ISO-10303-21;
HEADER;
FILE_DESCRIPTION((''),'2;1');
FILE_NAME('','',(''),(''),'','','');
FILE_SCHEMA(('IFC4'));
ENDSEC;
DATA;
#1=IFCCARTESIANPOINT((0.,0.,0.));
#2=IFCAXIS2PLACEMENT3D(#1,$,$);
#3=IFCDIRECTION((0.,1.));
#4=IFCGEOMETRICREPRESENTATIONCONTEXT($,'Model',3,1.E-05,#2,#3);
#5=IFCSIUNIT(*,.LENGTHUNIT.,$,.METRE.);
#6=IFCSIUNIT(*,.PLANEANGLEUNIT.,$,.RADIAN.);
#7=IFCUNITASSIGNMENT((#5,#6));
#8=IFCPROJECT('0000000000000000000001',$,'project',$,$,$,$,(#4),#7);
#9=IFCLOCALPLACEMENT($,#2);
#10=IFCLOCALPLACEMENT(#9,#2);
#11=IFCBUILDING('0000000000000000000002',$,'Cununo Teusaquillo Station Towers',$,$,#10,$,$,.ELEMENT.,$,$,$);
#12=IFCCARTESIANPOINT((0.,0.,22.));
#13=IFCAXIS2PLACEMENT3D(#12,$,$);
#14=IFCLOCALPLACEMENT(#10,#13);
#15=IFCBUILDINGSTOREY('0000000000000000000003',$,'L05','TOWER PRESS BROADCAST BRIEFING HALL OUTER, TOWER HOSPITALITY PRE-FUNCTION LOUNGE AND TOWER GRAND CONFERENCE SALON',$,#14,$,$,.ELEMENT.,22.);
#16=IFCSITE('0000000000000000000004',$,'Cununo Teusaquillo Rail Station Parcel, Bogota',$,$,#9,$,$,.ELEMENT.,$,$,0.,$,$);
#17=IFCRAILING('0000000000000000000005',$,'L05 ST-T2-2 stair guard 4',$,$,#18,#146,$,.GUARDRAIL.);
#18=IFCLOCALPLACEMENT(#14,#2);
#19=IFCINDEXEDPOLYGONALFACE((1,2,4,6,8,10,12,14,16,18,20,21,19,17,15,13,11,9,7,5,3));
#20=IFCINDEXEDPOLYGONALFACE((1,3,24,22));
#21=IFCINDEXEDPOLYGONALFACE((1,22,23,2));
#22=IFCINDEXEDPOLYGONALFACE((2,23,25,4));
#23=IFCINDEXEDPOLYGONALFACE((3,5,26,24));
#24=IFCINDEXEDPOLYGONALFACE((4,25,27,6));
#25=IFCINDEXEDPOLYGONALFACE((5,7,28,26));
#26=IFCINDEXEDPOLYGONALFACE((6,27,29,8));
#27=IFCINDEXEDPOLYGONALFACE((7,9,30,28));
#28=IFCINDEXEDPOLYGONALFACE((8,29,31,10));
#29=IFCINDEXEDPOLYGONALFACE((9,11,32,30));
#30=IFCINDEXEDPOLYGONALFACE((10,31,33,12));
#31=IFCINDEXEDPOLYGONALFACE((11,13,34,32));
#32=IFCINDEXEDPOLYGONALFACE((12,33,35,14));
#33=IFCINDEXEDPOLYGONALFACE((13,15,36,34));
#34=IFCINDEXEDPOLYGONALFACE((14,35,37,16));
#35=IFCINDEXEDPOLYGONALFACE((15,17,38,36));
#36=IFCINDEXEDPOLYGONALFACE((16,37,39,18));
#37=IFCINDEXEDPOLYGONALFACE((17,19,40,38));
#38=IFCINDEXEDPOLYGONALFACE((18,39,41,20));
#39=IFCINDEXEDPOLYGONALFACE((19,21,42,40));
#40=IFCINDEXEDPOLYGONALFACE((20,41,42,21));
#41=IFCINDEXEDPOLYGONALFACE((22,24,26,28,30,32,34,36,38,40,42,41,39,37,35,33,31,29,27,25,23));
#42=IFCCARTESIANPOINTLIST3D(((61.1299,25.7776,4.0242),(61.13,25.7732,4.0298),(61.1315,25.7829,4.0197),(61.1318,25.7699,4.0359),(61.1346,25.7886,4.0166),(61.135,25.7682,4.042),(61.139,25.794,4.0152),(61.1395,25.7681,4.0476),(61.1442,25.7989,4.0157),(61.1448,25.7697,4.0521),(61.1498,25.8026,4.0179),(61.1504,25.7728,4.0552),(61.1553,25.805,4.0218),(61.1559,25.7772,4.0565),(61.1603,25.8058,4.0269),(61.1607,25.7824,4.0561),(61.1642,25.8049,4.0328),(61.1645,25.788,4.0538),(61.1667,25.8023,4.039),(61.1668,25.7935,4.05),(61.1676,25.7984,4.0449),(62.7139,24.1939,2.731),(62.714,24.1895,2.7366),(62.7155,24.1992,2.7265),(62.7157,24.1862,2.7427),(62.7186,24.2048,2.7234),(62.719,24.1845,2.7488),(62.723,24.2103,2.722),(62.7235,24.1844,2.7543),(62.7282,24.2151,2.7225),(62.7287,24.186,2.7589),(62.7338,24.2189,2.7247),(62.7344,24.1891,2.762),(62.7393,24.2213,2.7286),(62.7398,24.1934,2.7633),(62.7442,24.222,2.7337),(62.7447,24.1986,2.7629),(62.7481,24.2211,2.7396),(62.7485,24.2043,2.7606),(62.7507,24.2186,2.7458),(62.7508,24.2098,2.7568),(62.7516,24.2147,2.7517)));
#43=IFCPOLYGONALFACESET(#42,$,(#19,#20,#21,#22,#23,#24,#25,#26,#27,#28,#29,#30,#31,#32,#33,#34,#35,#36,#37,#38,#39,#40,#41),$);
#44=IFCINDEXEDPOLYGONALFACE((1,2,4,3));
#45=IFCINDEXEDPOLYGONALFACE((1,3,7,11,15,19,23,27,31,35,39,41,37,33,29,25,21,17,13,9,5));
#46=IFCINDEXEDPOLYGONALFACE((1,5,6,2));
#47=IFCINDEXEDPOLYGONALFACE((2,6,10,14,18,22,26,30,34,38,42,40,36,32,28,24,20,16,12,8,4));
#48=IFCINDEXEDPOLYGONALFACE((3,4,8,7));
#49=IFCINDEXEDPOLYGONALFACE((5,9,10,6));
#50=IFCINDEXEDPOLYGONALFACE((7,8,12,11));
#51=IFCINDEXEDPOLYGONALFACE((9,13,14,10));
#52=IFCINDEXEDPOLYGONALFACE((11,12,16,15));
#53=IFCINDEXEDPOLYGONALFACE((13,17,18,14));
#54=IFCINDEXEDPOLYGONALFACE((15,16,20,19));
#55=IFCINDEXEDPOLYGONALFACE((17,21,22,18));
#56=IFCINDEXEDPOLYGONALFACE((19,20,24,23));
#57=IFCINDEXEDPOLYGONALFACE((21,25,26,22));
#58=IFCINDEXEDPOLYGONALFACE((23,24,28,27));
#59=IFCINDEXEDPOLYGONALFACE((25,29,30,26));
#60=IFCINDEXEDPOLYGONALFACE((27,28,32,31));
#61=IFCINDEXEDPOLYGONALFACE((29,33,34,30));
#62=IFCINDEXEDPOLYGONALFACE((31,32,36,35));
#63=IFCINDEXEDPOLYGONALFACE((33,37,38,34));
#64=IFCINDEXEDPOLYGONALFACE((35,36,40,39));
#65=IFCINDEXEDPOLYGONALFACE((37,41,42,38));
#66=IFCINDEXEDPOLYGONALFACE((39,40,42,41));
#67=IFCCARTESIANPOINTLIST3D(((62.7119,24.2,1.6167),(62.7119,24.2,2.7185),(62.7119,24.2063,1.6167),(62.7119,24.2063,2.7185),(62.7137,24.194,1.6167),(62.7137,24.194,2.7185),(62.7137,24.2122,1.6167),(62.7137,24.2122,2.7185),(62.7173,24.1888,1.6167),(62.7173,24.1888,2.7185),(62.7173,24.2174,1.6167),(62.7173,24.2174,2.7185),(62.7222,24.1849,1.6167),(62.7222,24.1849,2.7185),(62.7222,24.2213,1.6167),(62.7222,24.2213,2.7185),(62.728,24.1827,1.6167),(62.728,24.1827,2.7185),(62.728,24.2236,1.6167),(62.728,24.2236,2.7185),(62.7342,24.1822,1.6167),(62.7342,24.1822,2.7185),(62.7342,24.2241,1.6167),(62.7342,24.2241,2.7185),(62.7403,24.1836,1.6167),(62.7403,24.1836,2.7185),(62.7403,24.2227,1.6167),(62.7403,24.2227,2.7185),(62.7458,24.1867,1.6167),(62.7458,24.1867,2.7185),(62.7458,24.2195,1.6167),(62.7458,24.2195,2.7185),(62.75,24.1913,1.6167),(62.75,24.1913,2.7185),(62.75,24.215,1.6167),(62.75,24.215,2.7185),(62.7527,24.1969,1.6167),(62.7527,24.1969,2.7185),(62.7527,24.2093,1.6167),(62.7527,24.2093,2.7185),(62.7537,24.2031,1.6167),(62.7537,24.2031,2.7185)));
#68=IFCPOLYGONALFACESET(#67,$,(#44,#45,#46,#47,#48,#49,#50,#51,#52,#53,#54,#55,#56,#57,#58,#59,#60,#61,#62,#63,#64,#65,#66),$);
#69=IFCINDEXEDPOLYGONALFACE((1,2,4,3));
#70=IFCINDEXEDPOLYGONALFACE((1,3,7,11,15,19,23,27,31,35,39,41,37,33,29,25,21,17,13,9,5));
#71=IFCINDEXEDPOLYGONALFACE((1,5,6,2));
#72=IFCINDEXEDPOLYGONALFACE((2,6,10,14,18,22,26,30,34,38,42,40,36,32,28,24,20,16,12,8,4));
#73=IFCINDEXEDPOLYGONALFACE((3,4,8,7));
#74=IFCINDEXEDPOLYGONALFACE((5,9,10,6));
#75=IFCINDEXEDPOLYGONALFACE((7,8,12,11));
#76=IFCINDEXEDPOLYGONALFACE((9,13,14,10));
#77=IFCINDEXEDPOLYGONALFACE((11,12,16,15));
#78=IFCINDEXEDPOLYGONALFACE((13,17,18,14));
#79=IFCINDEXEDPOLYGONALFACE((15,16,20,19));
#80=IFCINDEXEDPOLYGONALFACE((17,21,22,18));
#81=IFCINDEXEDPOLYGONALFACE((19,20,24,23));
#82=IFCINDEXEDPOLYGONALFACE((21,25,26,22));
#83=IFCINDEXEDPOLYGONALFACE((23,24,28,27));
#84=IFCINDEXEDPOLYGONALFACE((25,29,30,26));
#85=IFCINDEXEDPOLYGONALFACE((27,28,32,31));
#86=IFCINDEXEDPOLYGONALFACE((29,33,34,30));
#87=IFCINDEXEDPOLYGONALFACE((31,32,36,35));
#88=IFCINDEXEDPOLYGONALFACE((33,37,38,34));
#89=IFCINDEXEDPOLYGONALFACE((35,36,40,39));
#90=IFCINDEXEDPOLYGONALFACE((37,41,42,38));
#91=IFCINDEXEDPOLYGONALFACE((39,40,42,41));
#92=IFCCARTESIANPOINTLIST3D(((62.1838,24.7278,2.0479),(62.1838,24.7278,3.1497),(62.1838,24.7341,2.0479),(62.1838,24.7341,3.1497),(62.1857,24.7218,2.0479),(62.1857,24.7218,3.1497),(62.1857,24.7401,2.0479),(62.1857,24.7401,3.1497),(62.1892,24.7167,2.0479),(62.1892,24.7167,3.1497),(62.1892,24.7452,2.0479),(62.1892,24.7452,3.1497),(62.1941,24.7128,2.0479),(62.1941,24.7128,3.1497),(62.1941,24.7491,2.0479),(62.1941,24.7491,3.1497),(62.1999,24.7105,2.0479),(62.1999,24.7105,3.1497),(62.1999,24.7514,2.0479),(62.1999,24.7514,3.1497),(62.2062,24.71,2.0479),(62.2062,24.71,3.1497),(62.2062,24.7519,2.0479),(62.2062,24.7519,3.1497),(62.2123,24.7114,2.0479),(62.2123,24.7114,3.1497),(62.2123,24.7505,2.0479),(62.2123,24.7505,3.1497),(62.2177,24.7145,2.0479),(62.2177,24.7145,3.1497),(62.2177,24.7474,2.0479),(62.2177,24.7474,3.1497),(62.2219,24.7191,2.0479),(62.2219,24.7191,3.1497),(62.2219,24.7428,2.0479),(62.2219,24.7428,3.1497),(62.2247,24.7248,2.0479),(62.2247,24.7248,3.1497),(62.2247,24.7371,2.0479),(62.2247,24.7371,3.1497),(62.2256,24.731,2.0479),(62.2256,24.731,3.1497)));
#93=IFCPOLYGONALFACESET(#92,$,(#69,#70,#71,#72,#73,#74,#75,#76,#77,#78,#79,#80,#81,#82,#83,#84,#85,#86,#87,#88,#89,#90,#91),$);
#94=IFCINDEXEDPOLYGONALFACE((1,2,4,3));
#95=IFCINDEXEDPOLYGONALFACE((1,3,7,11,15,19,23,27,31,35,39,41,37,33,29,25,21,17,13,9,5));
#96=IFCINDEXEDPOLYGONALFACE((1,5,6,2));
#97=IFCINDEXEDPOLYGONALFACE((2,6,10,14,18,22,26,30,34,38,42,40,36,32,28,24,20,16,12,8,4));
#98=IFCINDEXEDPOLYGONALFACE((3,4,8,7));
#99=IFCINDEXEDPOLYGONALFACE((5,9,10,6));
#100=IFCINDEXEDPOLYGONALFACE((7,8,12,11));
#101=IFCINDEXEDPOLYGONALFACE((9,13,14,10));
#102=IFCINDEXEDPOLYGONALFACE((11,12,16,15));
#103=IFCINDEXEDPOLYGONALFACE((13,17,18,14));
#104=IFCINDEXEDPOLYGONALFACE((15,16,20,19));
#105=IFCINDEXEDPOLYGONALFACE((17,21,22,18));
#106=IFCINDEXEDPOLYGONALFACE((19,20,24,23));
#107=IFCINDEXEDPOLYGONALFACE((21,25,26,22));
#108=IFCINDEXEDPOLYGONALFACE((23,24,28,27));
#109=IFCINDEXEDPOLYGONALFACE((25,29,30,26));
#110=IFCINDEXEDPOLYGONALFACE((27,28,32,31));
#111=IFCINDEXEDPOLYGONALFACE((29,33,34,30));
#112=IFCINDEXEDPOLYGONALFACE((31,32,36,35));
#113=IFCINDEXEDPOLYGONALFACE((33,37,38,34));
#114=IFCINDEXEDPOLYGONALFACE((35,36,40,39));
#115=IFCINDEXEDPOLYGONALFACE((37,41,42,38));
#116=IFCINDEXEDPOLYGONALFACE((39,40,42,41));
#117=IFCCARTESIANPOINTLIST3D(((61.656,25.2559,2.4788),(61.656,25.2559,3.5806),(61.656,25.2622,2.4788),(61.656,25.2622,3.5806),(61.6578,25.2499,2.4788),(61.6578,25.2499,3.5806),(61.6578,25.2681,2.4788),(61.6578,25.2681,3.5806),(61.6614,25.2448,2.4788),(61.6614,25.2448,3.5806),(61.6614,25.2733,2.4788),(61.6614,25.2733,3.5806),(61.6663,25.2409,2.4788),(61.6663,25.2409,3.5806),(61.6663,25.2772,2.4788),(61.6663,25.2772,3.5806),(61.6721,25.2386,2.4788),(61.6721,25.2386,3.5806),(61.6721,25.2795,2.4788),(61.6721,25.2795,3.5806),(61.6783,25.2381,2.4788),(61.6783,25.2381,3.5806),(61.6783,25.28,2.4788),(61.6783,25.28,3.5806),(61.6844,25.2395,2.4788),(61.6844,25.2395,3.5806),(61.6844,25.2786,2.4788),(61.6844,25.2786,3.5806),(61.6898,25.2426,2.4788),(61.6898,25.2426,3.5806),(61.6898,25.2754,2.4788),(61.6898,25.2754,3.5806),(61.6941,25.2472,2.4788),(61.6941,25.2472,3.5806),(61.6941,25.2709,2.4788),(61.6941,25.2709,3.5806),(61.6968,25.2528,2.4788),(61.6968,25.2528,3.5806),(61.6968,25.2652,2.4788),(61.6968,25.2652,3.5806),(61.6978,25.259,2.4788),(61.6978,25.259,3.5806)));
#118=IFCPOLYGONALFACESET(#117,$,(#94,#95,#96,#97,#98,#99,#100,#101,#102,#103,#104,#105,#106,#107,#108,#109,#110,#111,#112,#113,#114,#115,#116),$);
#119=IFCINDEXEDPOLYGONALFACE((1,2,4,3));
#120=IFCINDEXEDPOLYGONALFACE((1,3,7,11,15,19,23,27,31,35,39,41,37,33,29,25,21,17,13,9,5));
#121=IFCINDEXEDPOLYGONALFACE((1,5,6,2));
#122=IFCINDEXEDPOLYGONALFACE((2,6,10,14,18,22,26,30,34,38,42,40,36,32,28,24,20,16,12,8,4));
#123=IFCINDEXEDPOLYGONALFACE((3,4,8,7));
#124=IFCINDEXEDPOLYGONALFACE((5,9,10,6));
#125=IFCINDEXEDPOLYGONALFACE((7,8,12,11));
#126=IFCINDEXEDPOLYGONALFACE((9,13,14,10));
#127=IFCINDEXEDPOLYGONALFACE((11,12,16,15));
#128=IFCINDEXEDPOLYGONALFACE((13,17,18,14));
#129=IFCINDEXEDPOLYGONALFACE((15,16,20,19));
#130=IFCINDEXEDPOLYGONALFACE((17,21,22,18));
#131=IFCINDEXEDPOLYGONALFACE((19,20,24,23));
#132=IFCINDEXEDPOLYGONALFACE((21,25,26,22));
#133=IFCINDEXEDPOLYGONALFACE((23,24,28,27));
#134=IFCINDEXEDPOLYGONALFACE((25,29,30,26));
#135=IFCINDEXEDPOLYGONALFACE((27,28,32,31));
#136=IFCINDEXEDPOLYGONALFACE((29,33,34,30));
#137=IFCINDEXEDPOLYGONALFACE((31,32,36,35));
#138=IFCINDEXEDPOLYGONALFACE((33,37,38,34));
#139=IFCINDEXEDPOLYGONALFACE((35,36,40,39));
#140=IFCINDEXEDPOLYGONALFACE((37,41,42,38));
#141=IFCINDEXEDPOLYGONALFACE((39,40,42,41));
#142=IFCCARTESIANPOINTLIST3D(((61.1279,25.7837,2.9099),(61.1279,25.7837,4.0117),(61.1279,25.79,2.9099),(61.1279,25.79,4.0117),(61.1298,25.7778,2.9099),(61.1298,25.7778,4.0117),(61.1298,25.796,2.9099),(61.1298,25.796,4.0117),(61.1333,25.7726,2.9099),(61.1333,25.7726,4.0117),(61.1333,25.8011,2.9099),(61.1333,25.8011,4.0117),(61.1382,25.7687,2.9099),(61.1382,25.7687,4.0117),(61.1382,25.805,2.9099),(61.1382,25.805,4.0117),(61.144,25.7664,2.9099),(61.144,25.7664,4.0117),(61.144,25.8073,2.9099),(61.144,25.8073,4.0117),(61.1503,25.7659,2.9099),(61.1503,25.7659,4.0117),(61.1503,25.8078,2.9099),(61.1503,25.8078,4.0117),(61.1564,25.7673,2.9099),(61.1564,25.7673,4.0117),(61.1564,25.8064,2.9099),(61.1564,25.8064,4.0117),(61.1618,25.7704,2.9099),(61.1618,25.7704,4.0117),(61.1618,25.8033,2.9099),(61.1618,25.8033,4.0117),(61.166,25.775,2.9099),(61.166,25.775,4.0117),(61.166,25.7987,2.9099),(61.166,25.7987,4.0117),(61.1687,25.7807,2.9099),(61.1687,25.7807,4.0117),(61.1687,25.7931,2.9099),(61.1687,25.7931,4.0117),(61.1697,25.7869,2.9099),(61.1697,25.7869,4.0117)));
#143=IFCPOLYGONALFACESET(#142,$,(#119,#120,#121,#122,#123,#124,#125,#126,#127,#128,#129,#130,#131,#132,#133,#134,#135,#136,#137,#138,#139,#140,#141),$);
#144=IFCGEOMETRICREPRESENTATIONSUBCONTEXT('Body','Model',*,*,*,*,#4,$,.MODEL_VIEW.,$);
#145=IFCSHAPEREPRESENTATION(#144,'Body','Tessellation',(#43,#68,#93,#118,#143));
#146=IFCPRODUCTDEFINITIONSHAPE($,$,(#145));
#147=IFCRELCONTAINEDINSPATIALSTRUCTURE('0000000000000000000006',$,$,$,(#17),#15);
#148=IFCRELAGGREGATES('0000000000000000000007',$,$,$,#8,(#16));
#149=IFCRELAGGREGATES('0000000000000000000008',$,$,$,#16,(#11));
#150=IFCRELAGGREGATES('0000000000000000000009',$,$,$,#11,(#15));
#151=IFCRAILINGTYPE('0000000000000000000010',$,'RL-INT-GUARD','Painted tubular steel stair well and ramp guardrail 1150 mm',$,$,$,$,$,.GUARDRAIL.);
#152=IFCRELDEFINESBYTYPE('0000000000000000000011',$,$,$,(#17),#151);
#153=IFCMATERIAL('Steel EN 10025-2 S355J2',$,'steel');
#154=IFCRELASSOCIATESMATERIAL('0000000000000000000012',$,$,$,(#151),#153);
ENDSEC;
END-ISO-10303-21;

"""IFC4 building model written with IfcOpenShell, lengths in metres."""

from ifc_helpers import new_model, si_unit, direction, frame, origin, origin_2d, place, context, subcontext, project, spatial, circle, extrude, material, type_object, element, save


model = new_model("IFC4")

# Units and contexts
model_context = context("Model", 3, precision=1e-05, world=origin(), true_north=direction((0.0, 1.0)))
body_context = subcontext(model_context, "Body", "Model", "MODEL_VIEW")
ifc_project = project(units=[si_unit("LENGTHUNIT", "METRE"), si_unit("PLANEANGLEUNIT", "RADIAN")], contexts=[model_context])

# Site, building, storey
site_placement = place(None, origin())
site = spatial("IfcSite", under=ifc_project, at=site_placement, Name="Cununo Teusaquillo Rail Station Parcel, Bogota", CompositionType="ELEMENT", RefElevation=0.0)
building_placement = place(site_placement, origin())
building = spatial("IfcBuilding", under=site, at=building_placement, Name="Cununo Teusaquillo Station Towers", CompositionType="ELEMENT")
storey_placement = place(building_placement, frame((0.0, 0.0, 22.0)))
storey = spatial("IfcBuildingStorey", under=building, at=storey_placement, Name="L05", Description="TOWER PRESS BROADCAST BRIEFING HALL OUTER, TOWER HOSPITALITY PRE-FUNCTION LOUNGE AND TOWER GRAND CONFERENCE SALON", CompositionType="ELEMENT", Elevation=22.0)

# Railing
ifc_material_1 = material(Name="Steel EN 10025-2 S355J2", Category="steel")
railing_type_1 = type_object("IfcRailingType", Name="RL-INT-GUARD", Description="Painted tubular steel stair well and ramp guardrail 1150 mm", PredefinedType="GUARDRAIL", material=ifc_material_1)
railing_1_placement = place(storey_placement, frame((62.7327, 24.2031, 1.6167)))
element("IfcRailing", 1, at=railing_1_placement, inside=storey, type_object=railing_type_1, Name="L05 ST-T2-2 stair guard 4", PredefinedType="GUARDRAIL", context=body_context, shape_type="SweptSolid", body=[
    extrude(circle(Radius=0.0239, at=origin_2d()), frame((0.0, 0.0, 1.126), z_axis=(-0.61242, 0.612326, 0.499998), x_axis=(-0.707052, -0.707161, 0.0)), (0.0, 0.0, 1.0), 2.5864),
    extrude(circle(Radius=0.021, at=origin_2d()), origin(), (0.0, 0.0, 1.0), 1.1018),
    extrude(circle(Radius=0.021, at=origin_2d()), frame((-0.5281, 0.5278, 0.4312)), (0.0, 0.0, 1.0), 1.1018),
    extrude(circle(Radius=0.021, at=origin_2d()), frame((-1.0559, 1.0559, 0.8621)), (0.0, 0.0, 1.0), 1.1018),
    extrude(circle(Radius=0.021, at=origin_2d()), frame((-1.584, 1.5837, 1.2932)), (0.0, 0.0, 1.0), 1.1018),
])

save(model, "model.ifc")
